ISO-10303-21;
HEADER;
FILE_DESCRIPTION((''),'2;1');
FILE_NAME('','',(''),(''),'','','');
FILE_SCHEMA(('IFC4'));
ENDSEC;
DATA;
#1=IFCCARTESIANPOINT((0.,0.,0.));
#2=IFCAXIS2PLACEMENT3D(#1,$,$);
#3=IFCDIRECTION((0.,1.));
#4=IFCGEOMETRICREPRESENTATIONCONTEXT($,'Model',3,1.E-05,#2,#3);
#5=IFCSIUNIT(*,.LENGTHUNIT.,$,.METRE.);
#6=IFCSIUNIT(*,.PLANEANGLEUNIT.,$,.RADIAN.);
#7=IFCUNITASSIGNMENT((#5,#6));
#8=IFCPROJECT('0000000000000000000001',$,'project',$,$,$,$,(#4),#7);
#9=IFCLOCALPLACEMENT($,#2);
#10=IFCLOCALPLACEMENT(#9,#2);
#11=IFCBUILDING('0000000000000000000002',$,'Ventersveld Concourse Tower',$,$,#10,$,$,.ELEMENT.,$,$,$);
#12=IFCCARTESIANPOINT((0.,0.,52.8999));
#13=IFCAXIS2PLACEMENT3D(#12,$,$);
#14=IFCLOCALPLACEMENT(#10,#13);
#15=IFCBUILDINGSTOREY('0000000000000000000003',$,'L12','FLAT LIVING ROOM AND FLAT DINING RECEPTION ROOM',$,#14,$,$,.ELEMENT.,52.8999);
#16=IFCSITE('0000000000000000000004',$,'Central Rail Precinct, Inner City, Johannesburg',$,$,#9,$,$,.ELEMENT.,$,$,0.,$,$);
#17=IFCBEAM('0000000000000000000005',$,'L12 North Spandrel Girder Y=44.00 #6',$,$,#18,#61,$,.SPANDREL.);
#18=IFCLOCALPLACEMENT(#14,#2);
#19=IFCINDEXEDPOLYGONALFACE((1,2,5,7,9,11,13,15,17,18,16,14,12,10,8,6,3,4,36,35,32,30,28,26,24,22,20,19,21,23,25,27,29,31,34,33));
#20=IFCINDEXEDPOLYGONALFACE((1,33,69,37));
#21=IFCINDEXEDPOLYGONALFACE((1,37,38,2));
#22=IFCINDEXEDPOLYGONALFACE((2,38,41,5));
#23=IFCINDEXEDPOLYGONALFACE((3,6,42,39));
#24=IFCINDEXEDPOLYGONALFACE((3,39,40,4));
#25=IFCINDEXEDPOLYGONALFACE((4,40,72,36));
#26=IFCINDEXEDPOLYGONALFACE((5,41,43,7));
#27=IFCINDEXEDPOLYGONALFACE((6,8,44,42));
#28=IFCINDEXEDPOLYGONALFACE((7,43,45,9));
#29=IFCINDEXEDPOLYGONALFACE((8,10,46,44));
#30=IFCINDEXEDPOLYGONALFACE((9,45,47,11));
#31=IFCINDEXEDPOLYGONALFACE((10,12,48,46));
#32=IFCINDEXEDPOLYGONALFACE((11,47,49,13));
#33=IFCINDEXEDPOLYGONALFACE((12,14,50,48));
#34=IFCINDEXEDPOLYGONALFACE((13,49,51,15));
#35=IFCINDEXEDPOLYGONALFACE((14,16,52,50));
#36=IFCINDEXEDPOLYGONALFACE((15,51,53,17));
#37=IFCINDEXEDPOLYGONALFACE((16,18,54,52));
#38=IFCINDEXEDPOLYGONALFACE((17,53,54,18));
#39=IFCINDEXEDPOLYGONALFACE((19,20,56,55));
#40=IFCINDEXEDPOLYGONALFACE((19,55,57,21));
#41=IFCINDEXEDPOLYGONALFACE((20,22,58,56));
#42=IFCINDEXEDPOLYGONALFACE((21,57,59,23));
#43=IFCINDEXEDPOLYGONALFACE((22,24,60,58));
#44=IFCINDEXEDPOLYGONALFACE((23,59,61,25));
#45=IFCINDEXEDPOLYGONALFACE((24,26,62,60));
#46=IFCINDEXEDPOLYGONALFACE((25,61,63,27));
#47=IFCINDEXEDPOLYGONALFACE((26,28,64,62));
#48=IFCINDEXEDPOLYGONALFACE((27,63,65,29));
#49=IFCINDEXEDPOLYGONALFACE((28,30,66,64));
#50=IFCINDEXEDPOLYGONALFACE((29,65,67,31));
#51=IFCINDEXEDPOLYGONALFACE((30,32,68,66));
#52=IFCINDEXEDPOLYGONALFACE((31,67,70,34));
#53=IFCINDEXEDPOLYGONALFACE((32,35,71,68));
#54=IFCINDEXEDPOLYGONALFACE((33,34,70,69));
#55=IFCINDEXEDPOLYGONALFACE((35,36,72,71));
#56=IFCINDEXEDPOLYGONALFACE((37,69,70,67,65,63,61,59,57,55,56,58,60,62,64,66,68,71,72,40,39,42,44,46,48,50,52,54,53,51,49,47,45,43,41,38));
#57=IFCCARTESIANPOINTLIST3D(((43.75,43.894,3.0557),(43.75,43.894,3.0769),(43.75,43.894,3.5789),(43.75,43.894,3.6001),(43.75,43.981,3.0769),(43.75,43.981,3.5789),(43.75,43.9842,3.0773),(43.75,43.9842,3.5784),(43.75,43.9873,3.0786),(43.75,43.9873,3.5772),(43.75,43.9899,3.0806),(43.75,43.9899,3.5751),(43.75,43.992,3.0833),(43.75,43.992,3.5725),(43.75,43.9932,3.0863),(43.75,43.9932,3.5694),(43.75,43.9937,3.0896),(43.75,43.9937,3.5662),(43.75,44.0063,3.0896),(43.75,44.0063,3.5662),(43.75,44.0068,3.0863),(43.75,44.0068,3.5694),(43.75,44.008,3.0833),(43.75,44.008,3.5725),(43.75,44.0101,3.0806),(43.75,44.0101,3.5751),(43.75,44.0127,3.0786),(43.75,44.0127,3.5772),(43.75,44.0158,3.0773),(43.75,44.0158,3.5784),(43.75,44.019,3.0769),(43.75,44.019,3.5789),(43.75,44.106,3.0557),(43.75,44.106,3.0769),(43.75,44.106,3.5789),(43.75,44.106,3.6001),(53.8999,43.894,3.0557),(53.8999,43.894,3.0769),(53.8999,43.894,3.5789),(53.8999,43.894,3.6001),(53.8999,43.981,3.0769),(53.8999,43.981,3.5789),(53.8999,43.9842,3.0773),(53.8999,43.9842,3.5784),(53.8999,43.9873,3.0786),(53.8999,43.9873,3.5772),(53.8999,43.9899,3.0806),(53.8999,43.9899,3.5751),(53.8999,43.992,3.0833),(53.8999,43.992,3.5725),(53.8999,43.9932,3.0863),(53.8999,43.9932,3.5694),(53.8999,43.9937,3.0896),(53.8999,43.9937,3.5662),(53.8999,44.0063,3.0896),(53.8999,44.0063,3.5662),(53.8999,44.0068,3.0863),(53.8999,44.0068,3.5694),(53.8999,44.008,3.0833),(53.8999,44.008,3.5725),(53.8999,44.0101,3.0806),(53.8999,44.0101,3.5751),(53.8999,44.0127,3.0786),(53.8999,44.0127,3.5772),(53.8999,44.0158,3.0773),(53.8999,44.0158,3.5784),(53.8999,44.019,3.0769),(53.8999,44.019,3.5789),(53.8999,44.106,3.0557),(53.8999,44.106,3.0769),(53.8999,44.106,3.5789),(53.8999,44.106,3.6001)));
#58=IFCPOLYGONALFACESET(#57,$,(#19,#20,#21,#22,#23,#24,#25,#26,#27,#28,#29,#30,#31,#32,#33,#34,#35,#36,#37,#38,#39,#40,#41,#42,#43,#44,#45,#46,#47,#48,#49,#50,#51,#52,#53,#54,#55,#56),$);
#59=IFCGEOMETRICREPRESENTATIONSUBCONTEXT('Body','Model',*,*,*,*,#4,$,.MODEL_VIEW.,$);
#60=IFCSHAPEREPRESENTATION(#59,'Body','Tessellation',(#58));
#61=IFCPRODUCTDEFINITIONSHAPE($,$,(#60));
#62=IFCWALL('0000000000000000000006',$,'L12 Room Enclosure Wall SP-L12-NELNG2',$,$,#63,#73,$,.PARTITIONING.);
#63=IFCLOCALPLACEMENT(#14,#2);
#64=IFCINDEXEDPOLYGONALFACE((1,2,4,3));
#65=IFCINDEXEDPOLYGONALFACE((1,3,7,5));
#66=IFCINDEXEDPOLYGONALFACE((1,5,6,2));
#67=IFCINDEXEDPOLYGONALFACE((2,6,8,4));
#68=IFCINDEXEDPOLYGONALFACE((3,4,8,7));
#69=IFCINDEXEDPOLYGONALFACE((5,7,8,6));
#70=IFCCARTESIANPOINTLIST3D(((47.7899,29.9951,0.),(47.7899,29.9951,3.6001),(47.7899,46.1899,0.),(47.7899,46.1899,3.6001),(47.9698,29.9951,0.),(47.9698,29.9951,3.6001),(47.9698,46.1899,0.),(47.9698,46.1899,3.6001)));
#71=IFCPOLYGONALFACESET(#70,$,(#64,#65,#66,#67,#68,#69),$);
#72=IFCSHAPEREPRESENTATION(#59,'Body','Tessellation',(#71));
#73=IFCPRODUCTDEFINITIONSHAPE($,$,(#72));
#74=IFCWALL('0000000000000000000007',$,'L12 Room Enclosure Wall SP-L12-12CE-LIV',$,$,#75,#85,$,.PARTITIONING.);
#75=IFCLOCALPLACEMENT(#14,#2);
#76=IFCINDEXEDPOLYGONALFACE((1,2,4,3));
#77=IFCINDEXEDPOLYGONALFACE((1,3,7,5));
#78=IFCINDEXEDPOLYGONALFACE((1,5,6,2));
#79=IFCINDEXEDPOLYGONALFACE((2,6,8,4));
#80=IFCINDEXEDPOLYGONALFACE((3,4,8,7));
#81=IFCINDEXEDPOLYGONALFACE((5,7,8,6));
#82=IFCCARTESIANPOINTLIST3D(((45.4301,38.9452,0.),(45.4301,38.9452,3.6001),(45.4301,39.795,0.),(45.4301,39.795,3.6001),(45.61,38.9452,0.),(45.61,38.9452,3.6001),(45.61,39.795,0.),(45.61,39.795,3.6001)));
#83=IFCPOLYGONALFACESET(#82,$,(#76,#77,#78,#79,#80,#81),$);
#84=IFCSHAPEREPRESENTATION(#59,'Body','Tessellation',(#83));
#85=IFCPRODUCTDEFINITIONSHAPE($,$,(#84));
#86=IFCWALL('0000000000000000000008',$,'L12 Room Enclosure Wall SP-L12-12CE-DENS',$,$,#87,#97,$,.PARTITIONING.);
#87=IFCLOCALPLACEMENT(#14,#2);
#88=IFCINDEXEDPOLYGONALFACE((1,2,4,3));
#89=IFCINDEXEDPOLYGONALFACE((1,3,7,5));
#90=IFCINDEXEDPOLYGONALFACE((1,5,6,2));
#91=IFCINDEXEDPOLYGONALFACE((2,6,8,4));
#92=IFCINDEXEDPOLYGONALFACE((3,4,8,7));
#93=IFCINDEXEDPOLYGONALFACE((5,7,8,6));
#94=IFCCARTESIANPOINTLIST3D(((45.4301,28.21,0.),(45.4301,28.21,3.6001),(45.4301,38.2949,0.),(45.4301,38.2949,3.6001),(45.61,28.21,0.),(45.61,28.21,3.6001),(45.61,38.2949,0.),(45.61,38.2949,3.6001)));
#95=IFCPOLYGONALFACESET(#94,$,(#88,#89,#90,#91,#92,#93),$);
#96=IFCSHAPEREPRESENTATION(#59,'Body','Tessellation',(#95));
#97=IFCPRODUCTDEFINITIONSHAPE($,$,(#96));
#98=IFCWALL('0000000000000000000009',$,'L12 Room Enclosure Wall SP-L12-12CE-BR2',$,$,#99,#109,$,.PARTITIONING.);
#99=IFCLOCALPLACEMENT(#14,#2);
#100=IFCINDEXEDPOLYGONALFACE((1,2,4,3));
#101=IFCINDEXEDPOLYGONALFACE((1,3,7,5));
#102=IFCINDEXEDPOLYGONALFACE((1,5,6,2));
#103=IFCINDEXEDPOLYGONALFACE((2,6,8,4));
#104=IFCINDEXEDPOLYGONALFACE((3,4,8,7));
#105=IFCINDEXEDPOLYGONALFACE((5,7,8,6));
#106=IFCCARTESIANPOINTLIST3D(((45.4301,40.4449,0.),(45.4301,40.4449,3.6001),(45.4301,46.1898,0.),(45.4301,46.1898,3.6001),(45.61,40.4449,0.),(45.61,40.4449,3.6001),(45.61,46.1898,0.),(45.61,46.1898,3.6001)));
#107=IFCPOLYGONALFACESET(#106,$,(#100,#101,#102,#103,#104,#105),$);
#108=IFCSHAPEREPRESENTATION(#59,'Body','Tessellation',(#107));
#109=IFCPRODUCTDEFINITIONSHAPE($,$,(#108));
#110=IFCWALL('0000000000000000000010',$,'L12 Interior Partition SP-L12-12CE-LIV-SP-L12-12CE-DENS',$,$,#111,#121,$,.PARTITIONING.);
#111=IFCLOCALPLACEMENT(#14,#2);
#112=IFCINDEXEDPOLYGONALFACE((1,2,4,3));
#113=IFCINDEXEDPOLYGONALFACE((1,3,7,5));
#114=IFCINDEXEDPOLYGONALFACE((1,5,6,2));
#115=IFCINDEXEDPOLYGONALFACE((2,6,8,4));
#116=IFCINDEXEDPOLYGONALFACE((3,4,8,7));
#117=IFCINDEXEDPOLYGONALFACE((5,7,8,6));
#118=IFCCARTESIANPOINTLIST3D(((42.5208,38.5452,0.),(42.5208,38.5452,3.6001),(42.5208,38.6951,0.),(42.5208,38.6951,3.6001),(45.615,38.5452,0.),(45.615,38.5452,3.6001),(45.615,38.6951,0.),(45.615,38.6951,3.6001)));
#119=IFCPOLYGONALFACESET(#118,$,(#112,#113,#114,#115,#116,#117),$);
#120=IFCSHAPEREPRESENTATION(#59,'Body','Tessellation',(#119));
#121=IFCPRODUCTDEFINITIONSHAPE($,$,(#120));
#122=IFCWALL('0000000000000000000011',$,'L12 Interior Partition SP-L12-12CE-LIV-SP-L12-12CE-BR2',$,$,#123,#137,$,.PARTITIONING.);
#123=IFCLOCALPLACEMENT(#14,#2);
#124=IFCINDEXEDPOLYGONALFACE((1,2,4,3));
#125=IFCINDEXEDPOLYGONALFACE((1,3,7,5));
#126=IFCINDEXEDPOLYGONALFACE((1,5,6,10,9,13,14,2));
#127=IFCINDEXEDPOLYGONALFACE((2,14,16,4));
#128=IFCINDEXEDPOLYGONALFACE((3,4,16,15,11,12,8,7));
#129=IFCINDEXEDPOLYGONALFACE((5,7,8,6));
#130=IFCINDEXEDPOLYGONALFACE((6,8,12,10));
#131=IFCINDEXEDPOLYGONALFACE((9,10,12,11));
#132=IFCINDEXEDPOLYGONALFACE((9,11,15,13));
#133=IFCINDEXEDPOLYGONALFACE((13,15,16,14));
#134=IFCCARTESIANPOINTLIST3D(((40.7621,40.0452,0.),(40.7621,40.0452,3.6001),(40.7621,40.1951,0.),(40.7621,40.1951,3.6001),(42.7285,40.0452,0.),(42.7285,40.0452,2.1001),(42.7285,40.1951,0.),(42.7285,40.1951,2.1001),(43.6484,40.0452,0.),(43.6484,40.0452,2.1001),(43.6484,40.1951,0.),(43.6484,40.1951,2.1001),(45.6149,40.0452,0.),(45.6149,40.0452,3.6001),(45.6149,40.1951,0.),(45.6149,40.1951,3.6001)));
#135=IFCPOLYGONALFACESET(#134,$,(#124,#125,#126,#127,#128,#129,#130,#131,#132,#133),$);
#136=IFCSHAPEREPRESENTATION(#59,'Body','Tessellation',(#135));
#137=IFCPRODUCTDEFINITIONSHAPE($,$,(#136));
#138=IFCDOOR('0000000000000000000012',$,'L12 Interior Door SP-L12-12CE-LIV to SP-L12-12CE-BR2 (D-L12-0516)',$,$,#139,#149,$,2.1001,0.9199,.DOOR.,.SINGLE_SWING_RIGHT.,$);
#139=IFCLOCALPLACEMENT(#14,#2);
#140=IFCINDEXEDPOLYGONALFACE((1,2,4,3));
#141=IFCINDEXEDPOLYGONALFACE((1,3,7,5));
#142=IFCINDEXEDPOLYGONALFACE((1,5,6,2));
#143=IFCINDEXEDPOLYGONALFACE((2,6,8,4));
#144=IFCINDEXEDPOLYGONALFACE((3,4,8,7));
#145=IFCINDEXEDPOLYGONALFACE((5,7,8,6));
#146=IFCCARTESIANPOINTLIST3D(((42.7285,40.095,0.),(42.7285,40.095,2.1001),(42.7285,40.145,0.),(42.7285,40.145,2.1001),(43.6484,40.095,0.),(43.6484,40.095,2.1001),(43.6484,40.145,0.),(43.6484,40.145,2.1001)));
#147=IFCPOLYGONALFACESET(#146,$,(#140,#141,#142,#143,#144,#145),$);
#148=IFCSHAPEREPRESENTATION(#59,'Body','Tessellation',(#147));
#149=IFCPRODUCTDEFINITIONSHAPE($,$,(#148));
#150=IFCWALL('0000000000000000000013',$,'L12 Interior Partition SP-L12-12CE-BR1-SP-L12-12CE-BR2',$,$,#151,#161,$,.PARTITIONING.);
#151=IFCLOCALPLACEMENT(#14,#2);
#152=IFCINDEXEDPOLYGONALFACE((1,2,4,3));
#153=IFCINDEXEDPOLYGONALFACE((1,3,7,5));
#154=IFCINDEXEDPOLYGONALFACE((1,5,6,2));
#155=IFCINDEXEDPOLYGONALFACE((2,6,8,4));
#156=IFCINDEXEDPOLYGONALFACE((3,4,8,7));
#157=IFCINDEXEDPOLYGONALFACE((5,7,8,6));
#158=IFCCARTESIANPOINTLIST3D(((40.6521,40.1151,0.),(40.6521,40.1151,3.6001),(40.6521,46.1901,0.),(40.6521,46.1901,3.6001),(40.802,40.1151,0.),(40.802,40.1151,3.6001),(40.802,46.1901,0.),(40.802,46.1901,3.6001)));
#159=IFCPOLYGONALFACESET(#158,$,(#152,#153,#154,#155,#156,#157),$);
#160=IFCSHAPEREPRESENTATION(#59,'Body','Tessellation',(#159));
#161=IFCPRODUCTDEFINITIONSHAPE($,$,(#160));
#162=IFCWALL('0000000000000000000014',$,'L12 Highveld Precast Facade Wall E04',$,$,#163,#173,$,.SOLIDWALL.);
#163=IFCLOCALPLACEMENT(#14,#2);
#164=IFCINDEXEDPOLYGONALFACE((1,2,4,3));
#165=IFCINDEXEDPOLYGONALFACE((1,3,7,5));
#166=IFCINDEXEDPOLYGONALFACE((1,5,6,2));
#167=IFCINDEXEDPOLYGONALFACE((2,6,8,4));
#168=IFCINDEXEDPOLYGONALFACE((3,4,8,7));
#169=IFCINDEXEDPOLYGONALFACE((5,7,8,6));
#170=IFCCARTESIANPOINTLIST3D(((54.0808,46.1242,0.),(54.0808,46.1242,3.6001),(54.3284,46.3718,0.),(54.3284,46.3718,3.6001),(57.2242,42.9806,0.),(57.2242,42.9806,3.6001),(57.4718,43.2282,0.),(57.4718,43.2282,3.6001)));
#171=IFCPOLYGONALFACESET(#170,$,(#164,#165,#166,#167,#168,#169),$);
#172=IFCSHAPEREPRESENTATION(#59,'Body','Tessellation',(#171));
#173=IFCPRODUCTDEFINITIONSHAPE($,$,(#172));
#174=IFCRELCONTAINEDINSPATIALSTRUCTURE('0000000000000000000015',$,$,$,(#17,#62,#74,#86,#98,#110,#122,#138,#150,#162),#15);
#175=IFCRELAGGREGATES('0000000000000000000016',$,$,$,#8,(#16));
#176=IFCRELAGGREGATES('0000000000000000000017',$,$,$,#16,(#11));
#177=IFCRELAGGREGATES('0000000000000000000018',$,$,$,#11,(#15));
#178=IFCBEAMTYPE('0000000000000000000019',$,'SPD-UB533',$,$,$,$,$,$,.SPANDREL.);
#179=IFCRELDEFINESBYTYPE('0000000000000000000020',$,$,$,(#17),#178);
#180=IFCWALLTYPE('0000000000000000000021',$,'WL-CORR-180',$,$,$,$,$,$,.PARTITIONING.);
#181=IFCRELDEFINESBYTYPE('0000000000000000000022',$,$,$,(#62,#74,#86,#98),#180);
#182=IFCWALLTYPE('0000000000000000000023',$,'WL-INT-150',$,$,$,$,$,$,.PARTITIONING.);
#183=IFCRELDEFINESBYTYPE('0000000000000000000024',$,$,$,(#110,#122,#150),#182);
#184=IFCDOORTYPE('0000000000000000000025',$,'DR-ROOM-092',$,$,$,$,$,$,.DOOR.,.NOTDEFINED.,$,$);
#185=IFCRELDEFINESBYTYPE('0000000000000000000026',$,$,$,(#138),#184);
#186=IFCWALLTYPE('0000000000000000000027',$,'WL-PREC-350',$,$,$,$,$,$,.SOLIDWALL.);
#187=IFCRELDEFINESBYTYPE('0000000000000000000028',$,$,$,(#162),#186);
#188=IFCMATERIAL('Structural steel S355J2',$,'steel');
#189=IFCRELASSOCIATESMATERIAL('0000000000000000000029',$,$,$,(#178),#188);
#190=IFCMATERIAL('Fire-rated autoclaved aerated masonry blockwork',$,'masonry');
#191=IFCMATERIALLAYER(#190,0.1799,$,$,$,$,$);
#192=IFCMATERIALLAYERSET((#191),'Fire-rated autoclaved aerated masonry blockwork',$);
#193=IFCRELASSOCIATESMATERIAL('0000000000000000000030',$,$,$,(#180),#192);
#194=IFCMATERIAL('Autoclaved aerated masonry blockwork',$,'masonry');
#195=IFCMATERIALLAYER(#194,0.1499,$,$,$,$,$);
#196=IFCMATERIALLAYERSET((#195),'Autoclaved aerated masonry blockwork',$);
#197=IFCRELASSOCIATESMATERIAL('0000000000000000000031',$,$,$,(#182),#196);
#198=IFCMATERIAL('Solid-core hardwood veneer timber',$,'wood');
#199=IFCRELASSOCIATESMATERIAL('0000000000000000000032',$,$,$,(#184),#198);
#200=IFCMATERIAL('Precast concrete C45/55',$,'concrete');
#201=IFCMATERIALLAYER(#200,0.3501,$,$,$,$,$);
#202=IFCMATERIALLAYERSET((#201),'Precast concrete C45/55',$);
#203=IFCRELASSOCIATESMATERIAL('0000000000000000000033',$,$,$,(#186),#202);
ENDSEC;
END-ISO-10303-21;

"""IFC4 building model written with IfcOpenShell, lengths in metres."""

from ifc_helpers import new_model, si_unit, direction, frame, frame_2d, origin, origin_2d, place, context, subcontext, project, spatial, rectangle, i_section, extrude, material, layer, layer_set, material_profile, profile_set, type_object, element, fill, save


model = new_model("IFC4")

# Units and contexts
model_context = context("Model", 3, precision=1e-05, world=origin(), true_north=direction((0.0, 1.0)))
body_context = subcontext(model_context, "Body", "Model", "MODEL_VIEW")
ifc_project = project(units=[si_unit("LENGTHUNIT", "METRE"), si_unit("PLANEANGLEUNIT", "RADIAN")], contexts=[model_context])

# Site, building, storey
site_placement = place(None, origin())
site = spatial("IfcSite", under=ifc_project, at=site_placement, Name="Central Rail Precinct, Inner City, Johannesburg", CompositionType="ELEMENT", RefElevation=0.0)
building_placement = place(site_placement, origin())
building = spatial("IfcBuilding", under=site, at=building_placement, Name="Ventersveld Concourse Tower", CompositionType="ELEMENT")
storey_placement = place(building_placement, frame((0.0, 0.0, 52.8999)))
storey = spatial("IfcBuildingStorey", under=building, at=storey_placement, Name="L12", Description="FLAT LIVING ROOM AND FLAT DINING RECEPTION ROOM", CompositionType="ELEMENT", Elevation=52.8999)

# Beam
ifc_material_1 = material(Name="Structural steel S355J2", Category="steel")
ifc_material_profile_1 = material_profile(ifc_material_1, i_section(OverallWidth=0.2119, OverallDepth=0.5444, WebThickness=0.0127, FlangeThickness=0.0212, FilletRadius=0.0127, at=origin_2d()), Name="UB 533x210x122")
ifc_profile_set_1 = profile_set([ifc_material_profile_1], Name="Structural steel S355J2")
beam_type_1 = type_object("IfcBeamType", Name="SPD-UB533", PredefinedType="SPANDREL", material=ifc_profile_set_1)
beam_1_placement = place(storey_placement, frame((43.75, 44.0, 3.3279), z_axis=(1.0, 0.0, 0.0), x_axis=(0.0, 1.0, 0.0)))
element("IfcBeam", 1, at=beam_1_placement, inside=storey, type_object=beam_type_1, Name="L12 North Spandrel Girder Y=44.00 #6", PredefinedType="SPANDREL", context=body_context, shape_type="SweptSolid", body=[
    extrude(i_section(OverallWidth=0.2119, OverallDepth=0.5444, WebThickness=0.0127, FlangeThickness=0.0212, FilletRadius=0.0127, at=origin_2d()), origin(), (0.0, 0.0, 1.0), 10.1499),
])

# Walls
ifc_material_2 = material(Name="Fire-rated autoclaved aerated masonry blockwork", Category="masonry")
ifc_layer_1 = layer(ifc_material_2, 0.1799)
ifc_layer_set_1 = layer_set([ifc_layer_1], Name="Fire-rated autoclaved aerated masonry blockwork")
wall_type_1 = type_object("IfcWallType", Name="WL-CORR-180", PredefinedType="PARTITIONING", material=ifc_layer_set_1)
wall_1_placement = place(storey_placement, frame((47.8799, 29.9951, 0.0), z_axis=(0.0, 0.0, 1.0), x_axis=(0.0, 1.0, 0.0)))
element("IfcWall", 2, at=wall_1_placement, inside=storey, type_object=wall_type_1, Name="L12 Room Enclosure Wall SP-L12-NELNG2", PredefinedType="PARTITIONING", context=body_context, shape_type="SweptSolid", body=[
    extrude(rectangle(XDim=16.1948, YDim=0.1799, at=frame_2d((8.0974, 0.0))), origin(), (0.0, 0.0, 1.0), 3.6001),
])
wall_2_placement = place(storey_placement, frame((45.52, 39.7949, 0.0), z_axis=(0.0, 0.0, 1.0), x_axis=(0.0, -1.0, 0.0)))
element("IfcWall", 3, at=wall_2_placement, inside=storey, type_object=wall_type_1, Name="L12 Room Enclosure Wall SP-L12-12CE-LIV", PredefinedType="PARTITIONING", context=body_context, shape_type="SweptSolid", body=[
    extrude(rectangle(XDim=0.8499, YDim=0.1799, at=frame_2d((0.4248, 0.0))), origin(), (0.0, 0.0, 1.0), 3.6001),
])
wall_3_placement = place(storey_placement, frame((45.52, 38.2949, 0.0), z_axis=(0.0, 0.0, 1.0), x_axis=(0.0, -1.0, 0.0)))
element("IfcWall", 4, at=wall_3_placement, inside=storey, type_object=wall_type_1, Name="L12 Room Enclosure Wall SP-L12-12CE-DENS", PredefinedType="PARTITIONING", context=body_context, shape_type="SweptSolid", body=[
    extrude(rectangle(XDim=10.085, YDim=0.1799, at=frame_2d((5.0425, 0.0))), origin(), (0.0, 0.0, 1.0), 3.6001),
])
wall_4_placement = place(storey_placement, frame((45.52, 46.1899, 0.0), z_axis=(0.0, 0.0, 1.0), x_axis=(0.0, -1.0, 0.0)))
element("IfcWall", 5, at=wall_4_placement, inside=storey, type_object=wall_type_1, Name="L12 Room Enclosure Wall SP-L12-12CE-BR2", PredefinedType="PARTITIONING", context=body_context, shape_type="SweptSolid", body=[
    extrude(rectangle(XDim=5.7449, YDim=0.1799, at=frame_2d((2.8726, 0.0))), origin(), (0.0, 0.0, 1.0), 3.6001),
])
ifc_material_3 = material(Name="Autoclaved aerated masonry blockwork", Category="masonry")
ifc_layer_2 = layer(ifc_material_3, 0.1499)
ifc_layer_set_2 = layer_set([ifc_layer_2], Name="Autoclaved aerated masonry blockwork")
wall_type_2 = type_object("IfcWallType", Name="WL-INT-150", PredefinedType="PARTITIONING", material=ifc_layer_set_2)
wall_5_placement = place(storey_placement, frame((42.5208, 38.6201, 0.0), z_axis=(0.0, 0.0, 1.0), x_axis=(1.0, 0.0, 0.0)))
element("IfcWall", 6, at=wall_5_placement, inside=storey, type_object=wall_type_2, Name="L12 Interior Partition SP-L12-12CE-LIV-SP-L12-12CE-DENS", PredefinedType="PARTITIONING", context=body_context, shape_type="SweptSolid", body=[
    extrude(rectangle(XDim=3.0942, YDim=0.1499, at=frame_2d((1.5471, 0.0))), origin(), (0.0, 0.0, 1.0), 3.6001),
])

# Wall, opening, door
wall_6_placement = place(storey_placement, frame((40.7622, 40.1201, 0.0), z_axis=(0.0, 0.0, 1.0), x_axis=(1.0, 0.0, 0.0)))
wall_6 = element("IfcWall", 7, at=wall_6_placement, inside=storey, type_object=wall_type_2, Name="L12 Interior Partition SP-L12-12CE-LIV-SP-L12-12CE-BR2", PredefinedType="PARTITIONING", context=body_context, shape_type="SweptSolid", body=[
    extrude(rectangle(XDim=4.8528, YDim=0.1499, at=frame_2d((2.4263, 0.0))), origin(), (0.0, 0.0, 1.0), 3.6001),
])
opening_1_placement = place(wall_6_placement, frame((1.9663, 0.0, 0.0)))
opening_1 = element("IfcOpeningElement", 8, at=opening_1_placement, cuts=wall_6, PredefinedType="OPENING", context=body_context, shape_type="SweptSolid", body=[
    extrude(rectangle(XDim=0.9199, YDim=2.1001, at=frame_2d((0.46, 1.05))), frame((0.0, 0.085, 0.0), z_axis=(0.0, -1.0, 0.0), x_axis=(1.0, 0.0, 0.0)), (0.0, 0.0, 1.0), 0.1699),
])
ifc_material_4 = material(Name="Solid-core hardwood veneer timber", Category="wood")
door_type = type_object("IfcDoorType", Name="DR-ROOM-092", OperationType="NOTDEFINED", PredefinedType="DOOR", material=ifc_material_4)
door_placement = place(opening_1_placement, origin())
door = element("IfcDoor", 9, at=door_placement, inside=storey, type_object=door_type, Name="L12 Interior Door SP-L12-12CE-LIV to SP-L12-12CE-BR2 (D-L12-0516)", OperationType="SINGLE_SWING_RIGHT", OverallHeight=2.1001, OverallWidth=0.9199, PredefinedType="DOOR", context=body_context, shape_type="SweptSolid", body=[
    extrude(rectangle(XDim=0.9199, YDim=2.1001, at=frame_2d((0.46, 1.05))), frame((0.0, 0.0249, 0.0), z_axis=(0.0, -1.0, 0.0), x_axis=(1.0, 0.0, 0.0)), (0.0, 0.0, 1.0), 0.05),
])
fill(opening_1, door)

# Walls
wall_7_placement = place(storey_placement, frame((40.7271, 40.115, 0.0), z_axis=(0.0, 0.0, 1.0), x_axis=(0.0, 1.0, 0.0)))
element("IfcWall", 10, at=wall_7_placement, inside=storey, type_object=wall_type_2, Name="L12 Interior Partition SP-L12-12CE-BR1-SP-L12-12CE-BR2", PredefinedType="PARTITIONING", context=body_context, shape_type="SweptSolid", body=[
    extrude(rectangle(XDim=6.075, YDim=0.1499, at=frame_2d((3.0376, 0.0))), origin(), (0.0, 0.0, 1.0), 3.6001),
])
ifc_material_5 = material(Name="Precast concrete C45/55", Category="concrete")
ifc_layer_3 = layer(ifc_material_5, 0.3501)
ifc_layer_set_3 = layer_set([ifc_layer_3], Name="Precast concrete C45/55")
wall_type_3 = type_object("IfcWallType", Name="WL-PREC-350", PredefinedType="SOLIDWALL", material=ifc_layer_set_3)
wall_8_placement = place(storey_placement, frame((57.3479, 43.1045, 0.0), z_axis=(0.0, 0.0, 1.0), x_axis=(-0.707079, 0.707134, 0.0)))
element("IfcWall", 11, at=wall_8_placement, inside=storey, type_object=wall_type_3, Name="L12 Highveld Precast Facade Wall E04", PredefinedType="SOLIDWALL", context=body_context, shape_type="SweptSolid", body=[
    extrude(rectangle(XDim=4.4456, YDim=0.3501, at=frame_2d((2.2227, 0.0))), origin(), (0.0, 0.0, 1.0), 3.6001),
])

save(model, "model.ifc")
